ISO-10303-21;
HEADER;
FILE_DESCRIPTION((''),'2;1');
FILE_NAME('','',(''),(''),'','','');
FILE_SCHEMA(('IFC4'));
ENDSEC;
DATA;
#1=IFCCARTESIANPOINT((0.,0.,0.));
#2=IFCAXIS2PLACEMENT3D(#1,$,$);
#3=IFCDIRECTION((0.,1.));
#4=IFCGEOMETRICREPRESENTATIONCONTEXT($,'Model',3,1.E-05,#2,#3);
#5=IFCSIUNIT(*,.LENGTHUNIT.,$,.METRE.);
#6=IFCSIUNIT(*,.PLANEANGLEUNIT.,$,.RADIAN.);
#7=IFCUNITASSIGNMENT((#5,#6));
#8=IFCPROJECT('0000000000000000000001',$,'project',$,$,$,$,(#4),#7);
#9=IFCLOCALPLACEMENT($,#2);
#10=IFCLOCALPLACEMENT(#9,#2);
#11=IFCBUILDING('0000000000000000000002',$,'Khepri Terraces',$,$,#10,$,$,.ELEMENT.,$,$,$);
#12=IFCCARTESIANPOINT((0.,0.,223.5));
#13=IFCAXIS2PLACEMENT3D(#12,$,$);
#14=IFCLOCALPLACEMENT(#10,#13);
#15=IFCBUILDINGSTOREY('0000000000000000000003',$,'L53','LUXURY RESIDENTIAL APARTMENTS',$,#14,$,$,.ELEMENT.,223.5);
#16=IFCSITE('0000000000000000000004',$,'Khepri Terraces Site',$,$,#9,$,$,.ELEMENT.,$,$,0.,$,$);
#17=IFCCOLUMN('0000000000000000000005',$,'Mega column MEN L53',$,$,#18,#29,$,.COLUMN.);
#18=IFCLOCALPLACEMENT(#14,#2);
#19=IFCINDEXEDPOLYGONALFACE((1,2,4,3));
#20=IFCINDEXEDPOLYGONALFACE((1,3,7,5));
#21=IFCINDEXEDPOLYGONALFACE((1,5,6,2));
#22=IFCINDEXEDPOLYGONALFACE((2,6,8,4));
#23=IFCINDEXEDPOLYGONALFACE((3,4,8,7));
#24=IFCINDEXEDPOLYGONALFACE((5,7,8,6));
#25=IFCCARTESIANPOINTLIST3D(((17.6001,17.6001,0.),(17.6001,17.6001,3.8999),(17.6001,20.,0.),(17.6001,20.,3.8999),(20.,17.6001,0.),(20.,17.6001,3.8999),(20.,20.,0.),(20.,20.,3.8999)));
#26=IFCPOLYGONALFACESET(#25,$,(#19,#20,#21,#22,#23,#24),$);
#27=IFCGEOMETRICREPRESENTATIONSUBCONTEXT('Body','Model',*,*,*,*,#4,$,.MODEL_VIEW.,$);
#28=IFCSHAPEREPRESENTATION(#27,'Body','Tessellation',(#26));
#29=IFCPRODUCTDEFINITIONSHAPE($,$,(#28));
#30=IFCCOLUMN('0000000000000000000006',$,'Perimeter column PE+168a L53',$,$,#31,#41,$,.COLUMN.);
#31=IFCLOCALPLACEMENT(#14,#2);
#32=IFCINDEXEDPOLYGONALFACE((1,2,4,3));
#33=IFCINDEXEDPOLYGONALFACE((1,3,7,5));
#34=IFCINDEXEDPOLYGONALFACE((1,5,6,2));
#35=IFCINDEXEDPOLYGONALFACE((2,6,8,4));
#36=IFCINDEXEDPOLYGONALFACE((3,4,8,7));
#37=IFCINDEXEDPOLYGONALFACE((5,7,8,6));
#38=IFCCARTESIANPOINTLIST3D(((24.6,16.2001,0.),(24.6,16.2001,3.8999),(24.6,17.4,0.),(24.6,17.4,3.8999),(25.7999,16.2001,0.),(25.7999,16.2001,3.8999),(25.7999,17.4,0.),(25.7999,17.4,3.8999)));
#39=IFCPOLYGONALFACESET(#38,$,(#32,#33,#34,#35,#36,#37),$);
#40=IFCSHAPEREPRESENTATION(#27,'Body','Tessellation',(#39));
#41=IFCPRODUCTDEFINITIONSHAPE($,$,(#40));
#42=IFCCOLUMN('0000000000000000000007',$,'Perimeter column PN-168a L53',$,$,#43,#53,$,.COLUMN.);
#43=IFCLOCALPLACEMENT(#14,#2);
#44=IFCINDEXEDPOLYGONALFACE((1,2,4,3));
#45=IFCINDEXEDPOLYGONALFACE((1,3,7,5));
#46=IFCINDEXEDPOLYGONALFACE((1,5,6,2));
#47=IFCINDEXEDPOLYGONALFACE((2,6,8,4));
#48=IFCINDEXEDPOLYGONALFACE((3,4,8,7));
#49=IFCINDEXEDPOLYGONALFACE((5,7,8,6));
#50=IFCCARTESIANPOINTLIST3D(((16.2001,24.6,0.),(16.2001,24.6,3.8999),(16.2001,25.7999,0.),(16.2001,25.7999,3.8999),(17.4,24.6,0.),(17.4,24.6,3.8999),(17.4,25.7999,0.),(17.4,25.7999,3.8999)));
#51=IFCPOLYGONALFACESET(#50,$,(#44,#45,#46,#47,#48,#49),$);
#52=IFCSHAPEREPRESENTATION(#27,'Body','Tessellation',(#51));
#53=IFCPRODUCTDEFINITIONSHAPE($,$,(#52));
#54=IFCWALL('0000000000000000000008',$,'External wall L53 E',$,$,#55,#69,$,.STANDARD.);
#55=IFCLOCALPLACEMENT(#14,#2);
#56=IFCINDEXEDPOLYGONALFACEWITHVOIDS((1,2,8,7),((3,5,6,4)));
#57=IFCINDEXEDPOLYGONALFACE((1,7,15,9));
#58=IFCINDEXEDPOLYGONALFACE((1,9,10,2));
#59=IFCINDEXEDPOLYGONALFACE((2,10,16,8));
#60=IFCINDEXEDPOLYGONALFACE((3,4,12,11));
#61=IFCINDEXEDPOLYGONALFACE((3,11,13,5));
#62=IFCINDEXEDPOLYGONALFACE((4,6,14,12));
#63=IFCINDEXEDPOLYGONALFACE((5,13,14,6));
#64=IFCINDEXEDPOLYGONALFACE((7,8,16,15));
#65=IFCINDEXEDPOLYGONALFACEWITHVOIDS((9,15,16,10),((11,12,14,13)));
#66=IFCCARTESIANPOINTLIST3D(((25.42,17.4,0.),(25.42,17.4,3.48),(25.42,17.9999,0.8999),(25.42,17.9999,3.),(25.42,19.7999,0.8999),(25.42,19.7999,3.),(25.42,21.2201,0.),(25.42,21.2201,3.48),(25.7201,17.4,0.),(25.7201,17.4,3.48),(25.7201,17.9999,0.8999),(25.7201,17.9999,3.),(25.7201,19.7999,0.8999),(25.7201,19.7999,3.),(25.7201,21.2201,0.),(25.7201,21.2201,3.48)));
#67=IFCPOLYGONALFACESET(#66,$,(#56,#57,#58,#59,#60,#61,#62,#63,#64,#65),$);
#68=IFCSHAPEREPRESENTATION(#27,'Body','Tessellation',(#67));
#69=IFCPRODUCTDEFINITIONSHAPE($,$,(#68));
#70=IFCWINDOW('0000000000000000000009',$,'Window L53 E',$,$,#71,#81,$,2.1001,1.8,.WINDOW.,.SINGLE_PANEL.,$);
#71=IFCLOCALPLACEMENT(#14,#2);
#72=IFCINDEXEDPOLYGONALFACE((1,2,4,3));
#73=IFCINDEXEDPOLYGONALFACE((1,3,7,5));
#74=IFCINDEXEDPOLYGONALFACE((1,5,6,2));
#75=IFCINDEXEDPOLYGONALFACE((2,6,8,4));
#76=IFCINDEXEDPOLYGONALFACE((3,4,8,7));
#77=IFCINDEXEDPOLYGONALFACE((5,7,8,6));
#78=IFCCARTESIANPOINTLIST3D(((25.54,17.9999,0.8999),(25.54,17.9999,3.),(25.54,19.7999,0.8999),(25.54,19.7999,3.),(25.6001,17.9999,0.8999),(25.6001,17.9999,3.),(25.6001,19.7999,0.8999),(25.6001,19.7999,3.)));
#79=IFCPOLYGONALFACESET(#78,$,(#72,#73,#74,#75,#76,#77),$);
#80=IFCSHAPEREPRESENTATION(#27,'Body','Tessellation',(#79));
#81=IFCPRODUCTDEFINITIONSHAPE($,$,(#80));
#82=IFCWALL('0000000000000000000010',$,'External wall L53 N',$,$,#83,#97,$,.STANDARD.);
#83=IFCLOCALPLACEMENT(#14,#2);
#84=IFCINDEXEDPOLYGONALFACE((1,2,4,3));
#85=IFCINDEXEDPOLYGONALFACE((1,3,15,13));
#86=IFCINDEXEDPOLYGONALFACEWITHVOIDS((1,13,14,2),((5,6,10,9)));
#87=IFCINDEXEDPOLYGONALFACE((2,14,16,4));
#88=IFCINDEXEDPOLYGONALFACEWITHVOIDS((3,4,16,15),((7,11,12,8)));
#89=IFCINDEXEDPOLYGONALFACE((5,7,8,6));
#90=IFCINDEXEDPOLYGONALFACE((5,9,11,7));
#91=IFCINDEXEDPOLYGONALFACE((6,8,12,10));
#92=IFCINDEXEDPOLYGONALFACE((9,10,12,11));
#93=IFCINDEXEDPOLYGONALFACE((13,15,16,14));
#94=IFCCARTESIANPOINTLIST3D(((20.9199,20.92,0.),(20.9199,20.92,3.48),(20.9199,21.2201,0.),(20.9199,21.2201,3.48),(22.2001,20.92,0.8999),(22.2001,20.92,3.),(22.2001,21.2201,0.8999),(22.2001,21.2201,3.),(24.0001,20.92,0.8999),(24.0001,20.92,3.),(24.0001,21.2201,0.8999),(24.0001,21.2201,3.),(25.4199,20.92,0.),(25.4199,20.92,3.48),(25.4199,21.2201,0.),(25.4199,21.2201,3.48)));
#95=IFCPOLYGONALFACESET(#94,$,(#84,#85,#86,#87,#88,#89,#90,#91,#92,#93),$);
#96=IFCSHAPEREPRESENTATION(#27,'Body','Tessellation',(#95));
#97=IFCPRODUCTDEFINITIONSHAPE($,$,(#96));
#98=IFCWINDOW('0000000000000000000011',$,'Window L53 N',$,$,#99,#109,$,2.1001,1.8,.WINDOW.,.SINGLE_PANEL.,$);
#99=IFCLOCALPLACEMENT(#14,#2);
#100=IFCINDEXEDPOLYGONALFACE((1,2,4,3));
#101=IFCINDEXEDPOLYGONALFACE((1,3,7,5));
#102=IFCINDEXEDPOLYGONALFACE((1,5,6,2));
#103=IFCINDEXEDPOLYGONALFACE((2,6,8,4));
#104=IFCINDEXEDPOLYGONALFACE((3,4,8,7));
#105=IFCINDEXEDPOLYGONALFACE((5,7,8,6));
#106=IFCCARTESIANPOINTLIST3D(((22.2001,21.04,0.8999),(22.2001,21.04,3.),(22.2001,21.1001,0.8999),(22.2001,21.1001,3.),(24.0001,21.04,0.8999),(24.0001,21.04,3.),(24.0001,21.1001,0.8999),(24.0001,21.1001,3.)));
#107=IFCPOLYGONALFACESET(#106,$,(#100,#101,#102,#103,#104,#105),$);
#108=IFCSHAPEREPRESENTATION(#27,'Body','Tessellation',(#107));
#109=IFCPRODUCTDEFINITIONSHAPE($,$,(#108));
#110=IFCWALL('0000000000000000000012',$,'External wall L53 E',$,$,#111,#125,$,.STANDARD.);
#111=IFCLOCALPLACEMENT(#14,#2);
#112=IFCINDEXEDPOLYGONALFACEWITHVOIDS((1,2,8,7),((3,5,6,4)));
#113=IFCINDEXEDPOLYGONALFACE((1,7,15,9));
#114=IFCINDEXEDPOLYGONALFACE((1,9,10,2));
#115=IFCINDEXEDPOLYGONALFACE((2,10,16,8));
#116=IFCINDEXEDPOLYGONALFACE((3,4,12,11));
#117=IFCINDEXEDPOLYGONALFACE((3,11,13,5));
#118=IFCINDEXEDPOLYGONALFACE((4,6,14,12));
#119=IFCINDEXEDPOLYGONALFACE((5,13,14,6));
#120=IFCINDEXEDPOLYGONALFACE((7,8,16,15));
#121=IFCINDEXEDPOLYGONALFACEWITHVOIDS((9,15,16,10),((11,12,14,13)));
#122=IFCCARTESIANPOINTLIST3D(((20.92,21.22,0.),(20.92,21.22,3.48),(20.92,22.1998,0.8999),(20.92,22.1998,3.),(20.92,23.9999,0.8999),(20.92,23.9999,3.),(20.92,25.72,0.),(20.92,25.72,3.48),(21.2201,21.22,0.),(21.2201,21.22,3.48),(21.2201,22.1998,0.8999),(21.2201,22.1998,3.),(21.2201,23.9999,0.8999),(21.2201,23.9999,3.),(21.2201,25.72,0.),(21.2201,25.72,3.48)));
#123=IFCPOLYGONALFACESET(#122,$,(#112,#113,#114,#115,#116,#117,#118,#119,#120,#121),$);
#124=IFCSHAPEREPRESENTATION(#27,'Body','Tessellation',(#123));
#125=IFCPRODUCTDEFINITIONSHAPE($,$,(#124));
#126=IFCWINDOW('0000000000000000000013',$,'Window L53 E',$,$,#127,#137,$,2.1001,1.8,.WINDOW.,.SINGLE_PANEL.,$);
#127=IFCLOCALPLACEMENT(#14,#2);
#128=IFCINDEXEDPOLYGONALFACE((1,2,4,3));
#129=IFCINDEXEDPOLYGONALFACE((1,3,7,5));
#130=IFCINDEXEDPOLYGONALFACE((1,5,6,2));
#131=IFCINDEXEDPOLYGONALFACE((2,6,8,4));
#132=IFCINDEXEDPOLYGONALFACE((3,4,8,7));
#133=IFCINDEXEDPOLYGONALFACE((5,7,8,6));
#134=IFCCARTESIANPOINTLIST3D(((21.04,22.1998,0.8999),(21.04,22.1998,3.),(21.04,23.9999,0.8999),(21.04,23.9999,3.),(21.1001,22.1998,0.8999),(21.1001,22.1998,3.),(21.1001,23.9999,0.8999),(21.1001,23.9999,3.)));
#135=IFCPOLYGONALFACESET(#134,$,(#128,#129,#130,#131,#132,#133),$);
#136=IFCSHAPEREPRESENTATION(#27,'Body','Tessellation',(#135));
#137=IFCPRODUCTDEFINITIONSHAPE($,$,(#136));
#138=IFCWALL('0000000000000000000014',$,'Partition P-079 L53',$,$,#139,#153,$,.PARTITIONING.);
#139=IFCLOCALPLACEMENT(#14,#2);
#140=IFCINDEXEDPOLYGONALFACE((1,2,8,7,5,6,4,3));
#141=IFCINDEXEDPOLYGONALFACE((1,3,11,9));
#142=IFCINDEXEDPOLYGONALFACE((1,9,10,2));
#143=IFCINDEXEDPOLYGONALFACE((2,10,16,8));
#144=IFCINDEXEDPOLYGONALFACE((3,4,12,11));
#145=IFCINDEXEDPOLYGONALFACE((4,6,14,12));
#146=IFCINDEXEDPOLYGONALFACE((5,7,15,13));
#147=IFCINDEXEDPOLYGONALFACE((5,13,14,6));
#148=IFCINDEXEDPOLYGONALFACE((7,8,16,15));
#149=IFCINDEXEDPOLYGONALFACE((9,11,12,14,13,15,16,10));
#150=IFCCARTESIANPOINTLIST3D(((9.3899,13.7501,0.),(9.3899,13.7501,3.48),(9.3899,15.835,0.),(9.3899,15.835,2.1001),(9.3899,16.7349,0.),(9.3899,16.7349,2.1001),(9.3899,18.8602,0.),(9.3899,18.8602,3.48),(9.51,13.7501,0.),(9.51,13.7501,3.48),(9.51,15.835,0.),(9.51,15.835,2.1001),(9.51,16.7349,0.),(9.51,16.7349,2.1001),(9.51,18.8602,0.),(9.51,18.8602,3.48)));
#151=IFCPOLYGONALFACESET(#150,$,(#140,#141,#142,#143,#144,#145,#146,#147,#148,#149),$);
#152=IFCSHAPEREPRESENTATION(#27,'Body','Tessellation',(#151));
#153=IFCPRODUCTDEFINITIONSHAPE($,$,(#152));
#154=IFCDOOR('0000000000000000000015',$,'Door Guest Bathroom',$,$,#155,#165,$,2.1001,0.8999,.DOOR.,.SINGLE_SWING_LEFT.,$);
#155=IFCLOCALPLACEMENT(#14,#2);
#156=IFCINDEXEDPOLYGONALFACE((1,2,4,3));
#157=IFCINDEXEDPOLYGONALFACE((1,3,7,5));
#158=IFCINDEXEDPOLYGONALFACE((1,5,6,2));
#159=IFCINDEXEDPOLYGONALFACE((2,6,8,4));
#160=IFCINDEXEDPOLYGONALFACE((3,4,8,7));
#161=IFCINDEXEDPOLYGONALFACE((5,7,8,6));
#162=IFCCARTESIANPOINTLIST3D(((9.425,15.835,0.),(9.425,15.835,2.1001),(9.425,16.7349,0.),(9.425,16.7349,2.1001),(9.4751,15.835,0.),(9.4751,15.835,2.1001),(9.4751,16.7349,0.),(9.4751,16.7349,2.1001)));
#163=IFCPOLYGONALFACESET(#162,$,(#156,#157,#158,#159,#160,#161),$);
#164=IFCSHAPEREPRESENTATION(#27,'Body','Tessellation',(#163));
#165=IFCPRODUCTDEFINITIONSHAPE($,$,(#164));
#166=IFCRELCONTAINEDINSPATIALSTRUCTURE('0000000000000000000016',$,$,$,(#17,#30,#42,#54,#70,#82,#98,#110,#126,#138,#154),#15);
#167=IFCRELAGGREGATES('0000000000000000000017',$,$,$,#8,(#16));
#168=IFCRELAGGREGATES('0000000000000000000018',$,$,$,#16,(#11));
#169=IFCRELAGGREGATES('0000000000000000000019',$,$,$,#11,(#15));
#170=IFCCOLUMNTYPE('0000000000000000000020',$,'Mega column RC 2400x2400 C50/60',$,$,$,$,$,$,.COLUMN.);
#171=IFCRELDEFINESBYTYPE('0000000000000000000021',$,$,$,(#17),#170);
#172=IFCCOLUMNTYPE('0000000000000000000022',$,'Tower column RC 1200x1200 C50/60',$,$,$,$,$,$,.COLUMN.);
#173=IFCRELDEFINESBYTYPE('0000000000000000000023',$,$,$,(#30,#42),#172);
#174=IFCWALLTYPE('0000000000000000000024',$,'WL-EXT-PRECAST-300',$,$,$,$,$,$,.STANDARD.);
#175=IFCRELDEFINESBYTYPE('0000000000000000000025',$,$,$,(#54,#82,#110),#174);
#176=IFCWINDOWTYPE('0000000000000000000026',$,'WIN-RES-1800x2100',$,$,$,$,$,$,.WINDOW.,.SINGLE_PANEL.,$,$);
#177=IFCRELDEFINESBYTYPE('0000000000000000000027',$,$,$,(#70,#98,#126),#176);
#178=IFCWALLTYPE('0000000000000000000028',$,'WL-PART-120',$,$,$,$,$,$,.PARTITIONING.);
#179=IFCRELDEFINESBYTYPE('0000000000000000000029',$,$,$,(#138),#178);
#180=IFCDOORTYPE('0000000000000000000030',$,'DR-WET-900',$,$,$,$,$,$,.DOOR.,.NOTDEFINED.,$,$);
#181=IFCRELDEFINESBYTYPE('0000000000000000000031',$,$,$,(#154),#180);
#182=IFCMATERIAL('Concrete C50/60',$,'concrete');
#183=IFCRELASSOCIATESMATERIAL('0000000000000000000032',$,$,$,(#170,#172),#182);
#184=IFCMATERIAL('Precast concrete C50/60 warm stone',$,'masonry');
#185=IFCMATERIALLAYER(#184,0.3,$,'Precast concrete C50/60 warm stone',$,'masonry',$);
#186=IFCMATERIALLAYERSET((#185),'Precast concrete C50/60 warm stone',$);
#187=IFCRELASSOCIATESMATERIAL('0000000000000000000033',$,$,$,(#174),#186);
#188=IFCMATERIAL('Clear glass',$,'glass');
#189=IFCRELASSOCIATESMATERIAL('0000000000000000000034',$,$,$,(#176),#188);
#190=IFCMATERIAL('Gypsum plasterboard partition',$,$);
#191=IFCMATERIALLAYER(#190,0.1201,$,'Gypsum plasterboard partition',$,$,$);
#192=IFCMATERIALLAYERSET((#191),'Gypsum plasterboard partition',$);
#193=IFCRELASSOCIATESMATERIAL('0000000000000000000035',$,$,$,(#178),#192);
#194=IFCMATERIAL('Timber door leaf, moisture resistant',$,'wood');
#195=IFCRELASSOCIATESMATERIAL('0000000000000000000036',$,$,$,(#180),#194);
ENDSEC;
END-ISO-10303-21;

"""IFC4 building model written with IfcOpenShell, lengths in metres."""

from ifc_helpers import new_model, si_unit, direction, frame, frame_2d, origin, origin_2d, place, context, subcontext, project, spatial, rectangle, extrude, material, layer, layer_set, material_profile, profile_set, type_object, element, fill, save


model = new_model("IFC4")

# Units and contexts
model_context = context("Model", 3, precision=1e-05, world=origin(), true_north=direction((0.0, 1.0)))
body_context = subcontext(model_context, "Body", "Model", "MODEL_VIEW")
ifc_project = project(units=[si_unit("LENGTHUNIT", "METRE"), si_unit("PLANEANGLEUNIT", "RADIAN")], contexts=[model_context])

# Site, building, storey
site_placement = place(None, origin())
site = spatial("IfcSite", under=ifc_project, at=site_placement, Name="Khepri Terraces Site", CompositionType="ELEMENT", RefElevation=0.0)
building_placement = place(site_placement, origin())
building = spatial("IfcBuilding", under=site, at=building_placement, Name="Khepri Terraces", CompositionType="ELEMENT")
storey_placement = place(building_placement, frame((0.0, 0.0, 223.5)))
storey = spatial("IfcBuildingStorey", under=building, at=storey_placement, Name="L53", Description="LUXURY RESIDENTIAL APARTMENTS", CompositionType="ELEMENT", Elevation=223.5)

# Columns
ifc_material_1 = material(Name="Concrete C50/60", Category="concrete")
ifc_material_profile_1 = material_profile(ifc_material_1, rectangle(XDim=2.3999, YDim=2.3999, at=origin_2d()), Name="Concrete C50/60", Category="concrete")
ifc_profile_set_1 = profile_set([ifc_material_profile_1], Name="Concrete C50/60")
column_type_1 = type_object("IfcColumnType", Name="Mega column RC 2400x2400 C50/60", PredefinedType="COLUMN", material=ifc_profile_set_1)
column_placement = place(storey_placement, frame((18.8, 18.8, 0.0), z_axis=(0.0, 0.0, 1.0), x_axis=(1.0, 0.0, 0.0)))
element("IfcColumn", 1, at=column_placement, inside=storey, type_object=column_type_1, Name="Mega column MEN L53", PredefinedType="COLUMN", context=body_context, shape_type="SweptSolid", body=[
    extrude(rectangle(XDim=2.3999, YDim=2.3999, at=origin_2d()), origin(), (0.0, 0.0, 1.0), 3.8999),
])
ifc_material_profile_2 = material_profile(ifc_material_1, rectangle(XDim=1.2, YDim=1.2, at=origin_2d()), Name="Concrete C50/60", Category="concrete")
ifc_profile_set_2 = profile_set([ifc_material_profile_2], Name="Concrete C50/60")
column_type_2 = type_object("IfcColumnType", Name="Tower column RC 1200x1200 C50/60", PredefinedType="COLUMN", material=ifc_profile_set_2)
for number, where, z_axis, x_axis, name in (
    (2, (25.2, 16.8, 0.0), (0.0, 0.0, 1.0), (1.0, 0.0, 0.0), "Perimeter column PE+168a L53"),
    (3, (16.8, 25.2, 0.0), (0.0, 0.0, 1.0), (1.0, 0.0, 0.0), "Perimeter column PN-168a L53"),
):
    element("IfcColumn", number, at=place(storey_placement, frame(where, z_axis=z_axis, x_axis=x_axis)), inside=storey, type_object=column_type_2, Name=name, PredefinedType="COLUMN", context=body_context, shape_type="SweptSolid", body=[
        extrude(rectangle(XDim=1.2, YDim=1.2, at=origin_2d()), origin(), (0.0, 0.0, 1.0), 3.8999),
    ])

# Walls, openings, windows
ifc_material_2 = material(Name="Precast concrete C50/60 warm stone", Category="masonry")
ifc_layer_1 = layer(ifc_material_2, 0.3, Name="Precast concrete C50/60 warm stone", Category="masonry")
ifc_layer_set_1 = layer_set([ifc_layer_1], Name="Precast concrete C50/60 warm stone")
wall_type_1 = type_object("IfcWallType", Name="WL-EXT-PRECAST-300", PredefinedType="STANDARD", material=ifc_layer_set_1)
wall_1_placement = place(storey_placement, frame((25.5701, 17.3999, 0.0), z_axis=(0.0, 0.0, 1.0), x_axis=(0.0, 1.0, 0.0)))
wall_1 = element("IfcWall", 4, at=wall_1_placement, inside=storey, type_object=wall_type_1, Name="External wall L53 E", PredefinedType="STANDARD", context=body_context, shape_type="SweptSolid", body=[
    extrude(rectangle(XDim=3.8201, YDim=0.3, at=frame_2d((1.9102, 0.0))), origin(), (0.0, 0.0, 1.0), 3.48),
])
opening_1_placement = place(wall_1_placement, frame((0.6001, 0.0, 0.8999)))
opening_1 = element("IfcOpeningElement", 5, at=opening_1_placement, cuts=wall_1, PredefinedType="OPENING", context=body_context, shape_type="SweptSolid", body=[
    extrude(rectangle(XDim=1.8, YDim=2.1001, at=frame_2d((0.8999, 1.05))), frame((0.0, 0.1602, 0.0), z_axis=(0.0, -1.0, 0.0), x_axis=(1.0, 0.0, 0.0)), (0.0, 0.0, 1.0), 0.3201),
])
ifc_material_3 = material(Name="Clear glass", Category="glass")
window_type = type_object("IfcWindowType", Name="WIN-RES-1800x2100", PartitioningType="SINGLE_PANEL", PredefinedType="WINDOW", material=ifc_material_3)
window_1_placement = place(opening_1_placement, origin())
window_1 = element("IfcWindow", 6, at=window_1_placement, inside=storey, type_object=window_type, Name="Window L53 E", OverallHeight=2.1001, OverallWidth=1.8, PartitioningType="SINGLE_PANEL", PredefinedType="WINDOW", context=body_context, shape_type="SweptSolid", body=[
    extrude(rectangle(XDim=1.8, YDim=2.1001, at=frame_2d((0.8999, 1.05))), frame((0.0, 0.03, 0.0), z_axis=(0.0, -1.0, 0.0), x_axis=(1.0, 0.0, 0.0)), (0.0, 0.0, 1.0), 0.0601),
])
fill(opening_1, window_1)
wall_2_placement = place(storey_placement, frame((25.4199, 21.0701, 0.0), z_axis=(0.0, 0.0, 1.0), x_axis=(-1.0, 0.0, 0.0)))
wall_2 = element("IfcWall", 7, at=wall_2_placement, inside=storey, type_object=wall_type_1, Name="External wall L53 N", PredefinedType="STANDARD", context=body_context, shape_type="SweptSolid", body=[
    extrude(rectangle(XDim=4.5, YDim=0.3, at=frame_2d((2.25, 0.0))), origin(), (0.0, 0.0, 1.0), 3.48),
])
opening_2_placement = place(wall_2_placement, frame((1.4199, 0.0, 0.8999)))
opening_2 = element("IfcOpeningElement", 8, at=opening_2_placement, cuts=wall_2, PredefinedType="OPENING", context=body_context, shape_type="SweptSolid", body=[
    extrude(rectangle(XDim=1.8, YDim=2.1001, at=frame_2d((0.8999, 1.05))), frame((0.0, 0.1602, 0.0), z_axis=(0.0, -1.0, 0.0), x_axis=(1.0, 0.0, 0.0)), (0.0, 0.0, 1.0), 0.3201),
])
window_2_placement = place(opening_2_placement, origin())
window_2 = element("IfcWindow", 9, at=window_2_placement, inside=storey, type_object=window_type, Name="Window L53 N", OverallHeight=2.1001, OverallWidth=1.8, PartitioningType="SINGLE_PANEL", PredefinedType="WINDOW", context=body_context, shape_type="SweptSolid", body=[
    extrude(rectangle(XDim=1.8, YDim=2.1001, at=frame_2d((0.8999, 1.05))), frame((0.0, 0.03, 0.0), z_axis=(0.0, -1.0, 0.0), x_axis=(1.0, 0.0, 0.0)), (0.0, 0.0, 1.0), 0.0601),
])
fill(opening_2, window_2)
wall_3_placement = place(storey_placement, frame((21.0701, 21.22, 0.0), z_axis=(0.0, 0.0, 1.0), x_axis=(0.0, 1.0, 0.0)))
wall_3 = element("IfcWall", 10, at=wall_3_placement, inside=storey, type_object=wall_type_1, Name="External wall L53 E", PredefinedType="STANDARD", context=body_context, shape_type="SweptSolid", body=[
    extrude(rectangle(XDim=4.5, YDim=0.3, at=frame_2d((2.25, 0.0))), origin(), (0.0, 0.0, 1.0), 3.48),
])
opening_3_placement = place(wall_3_placement, frame((0.98, 0.0, 0.8999)))
opening_3 = element("IfcOpeningElement", 11, at=opening_3_placement, cuts=wall_3, PredefinedType="OPENING", context=body_context, shape_type="SweptSolid", body=[
    extrude(rectangle(XDim=1.8, YDim=2.1001, at=frame_2d((0.8999, 1.05))), frame((0.0, 0.1602, 0.0), z_axis=(0.0, -1.0, 0.0), x_axis=(1.0, 0.0, 0.0)), (0.0, 0.0, 1.0), 0.3201),
])
window_3_placement = place(opening_3_placement, origin())
window_3 = element("IfcWindow", 12, at=window_3_placement, inside=storey, type_object=window_type, Name="Window L53 E", OverallHeight=2.1001, OverallWidth=1.8, PartitioningType="SINGLE_PANEL", PredefinedType="WINDOW", context=body_context, shape_type="SweptSolid", body=[
    extrude(rectangle(XDim=1.8, YDim=2.1001, at=frame_2d((0.8999, 1.05))), frame((0.0, 0.03, 0.0), z_axis=(0.0, -1.0, 0.0), x_axis=(1.0, 0.0, 0.0)), (0.0, 0.0, 1.0), 0.0601),
])
fill(opening_3, window_3)

# Wall, opening, door
ifc_material_4 = material(Name="Gypsum plasterboard partition")
ifc_layer_2 = layer(ifc_material_4, 0.1201, Name="Gypsum plasterboard partition")
ifc_layer_set_2 = layer_set([ifc_layer_2], Name="Gypsum plasterboard partition")
wall_type_2 = type_object("IfcWallType", Name="WL-PART-120", PredefinedType="PARTITIONING", material=ifc_layer_set_2)
wall_4_placement = place(storey_placement, frame((9.45, 13.75, 0.0), z_axis=(0.0, 0.0, 1.0), x_axis=(0.0, 1.0, 0.0)))
wall_4 = element("IfcWall", 13, at=wall_4_placement, inside=storey, type_object=wall_type_2, Name="Partition P-079 L53", PredefinedType="PARTITIONING", context=body_context, shape_type="SweptSolid", body=[
    extrude(rectangle(XDim=5.1101, YDim=0.1201, at=frame_2d((2.5552, 0.0))), origin(), (0.0, 0.0, 1.0), 3.48),
])
opening_4_placement = place(wall_4_placement, frame((2.085, 0.0, 0.0)))
opening_4 = element("IfcOpeningElement", 14, at=opening_4_placement, cuts=wall_4, PredefinedType="OPENING", context=body_context, shape_type="SweptSolid", body=[
    extrude(rectangle(XDim=0.8999, YDim=2.1001, at=frame_2d((0.45, 1.05))), frame((0.0, 0.0701, 0.0), z_axis=(0.0, -1.0, 0.0), x_axis=(1.0, 0.0, 0.0)), (0.0, 0.0, 1.0), 0.1401),
])
ifc_material_5 = material(Name="Timber door leaf, moisture resistant", Category="wood")
door_type_1 = type_object("IfcDoorType", Name="DR-WET-900", OperationType="NOTDEFINED", PredefinedType="DOOR", material=ifc_material_5)
door_1_placement = place(opening_4_placement, origin())
door_1 = element("IfcDoor", 15, at=door_1_placement, inside=storey, type_object=door_type_1, Name="Door Guest Bathroom", OperationType="SINGLE_SWING_LEFT", OverallHeight=2.1001, OverallWidth=0.8999, PredefinedType="DOOR", context=body_context, shape_type="SweptSolid", body=[
    extrude(rectangle(XDim=0.8999, YDim=2.1001, at=frame_2d((0.45, 1.05))), frame((0.0, 0.0249, 0.0), z_axis=(0.0, -1.0, 0.0), x_axis=(1.0, 0.0, 0.0)), (0.0, 0.0, 1.0), 0.05),
])
fill(opening_4, door_1)

save(model, "model.ifc")
